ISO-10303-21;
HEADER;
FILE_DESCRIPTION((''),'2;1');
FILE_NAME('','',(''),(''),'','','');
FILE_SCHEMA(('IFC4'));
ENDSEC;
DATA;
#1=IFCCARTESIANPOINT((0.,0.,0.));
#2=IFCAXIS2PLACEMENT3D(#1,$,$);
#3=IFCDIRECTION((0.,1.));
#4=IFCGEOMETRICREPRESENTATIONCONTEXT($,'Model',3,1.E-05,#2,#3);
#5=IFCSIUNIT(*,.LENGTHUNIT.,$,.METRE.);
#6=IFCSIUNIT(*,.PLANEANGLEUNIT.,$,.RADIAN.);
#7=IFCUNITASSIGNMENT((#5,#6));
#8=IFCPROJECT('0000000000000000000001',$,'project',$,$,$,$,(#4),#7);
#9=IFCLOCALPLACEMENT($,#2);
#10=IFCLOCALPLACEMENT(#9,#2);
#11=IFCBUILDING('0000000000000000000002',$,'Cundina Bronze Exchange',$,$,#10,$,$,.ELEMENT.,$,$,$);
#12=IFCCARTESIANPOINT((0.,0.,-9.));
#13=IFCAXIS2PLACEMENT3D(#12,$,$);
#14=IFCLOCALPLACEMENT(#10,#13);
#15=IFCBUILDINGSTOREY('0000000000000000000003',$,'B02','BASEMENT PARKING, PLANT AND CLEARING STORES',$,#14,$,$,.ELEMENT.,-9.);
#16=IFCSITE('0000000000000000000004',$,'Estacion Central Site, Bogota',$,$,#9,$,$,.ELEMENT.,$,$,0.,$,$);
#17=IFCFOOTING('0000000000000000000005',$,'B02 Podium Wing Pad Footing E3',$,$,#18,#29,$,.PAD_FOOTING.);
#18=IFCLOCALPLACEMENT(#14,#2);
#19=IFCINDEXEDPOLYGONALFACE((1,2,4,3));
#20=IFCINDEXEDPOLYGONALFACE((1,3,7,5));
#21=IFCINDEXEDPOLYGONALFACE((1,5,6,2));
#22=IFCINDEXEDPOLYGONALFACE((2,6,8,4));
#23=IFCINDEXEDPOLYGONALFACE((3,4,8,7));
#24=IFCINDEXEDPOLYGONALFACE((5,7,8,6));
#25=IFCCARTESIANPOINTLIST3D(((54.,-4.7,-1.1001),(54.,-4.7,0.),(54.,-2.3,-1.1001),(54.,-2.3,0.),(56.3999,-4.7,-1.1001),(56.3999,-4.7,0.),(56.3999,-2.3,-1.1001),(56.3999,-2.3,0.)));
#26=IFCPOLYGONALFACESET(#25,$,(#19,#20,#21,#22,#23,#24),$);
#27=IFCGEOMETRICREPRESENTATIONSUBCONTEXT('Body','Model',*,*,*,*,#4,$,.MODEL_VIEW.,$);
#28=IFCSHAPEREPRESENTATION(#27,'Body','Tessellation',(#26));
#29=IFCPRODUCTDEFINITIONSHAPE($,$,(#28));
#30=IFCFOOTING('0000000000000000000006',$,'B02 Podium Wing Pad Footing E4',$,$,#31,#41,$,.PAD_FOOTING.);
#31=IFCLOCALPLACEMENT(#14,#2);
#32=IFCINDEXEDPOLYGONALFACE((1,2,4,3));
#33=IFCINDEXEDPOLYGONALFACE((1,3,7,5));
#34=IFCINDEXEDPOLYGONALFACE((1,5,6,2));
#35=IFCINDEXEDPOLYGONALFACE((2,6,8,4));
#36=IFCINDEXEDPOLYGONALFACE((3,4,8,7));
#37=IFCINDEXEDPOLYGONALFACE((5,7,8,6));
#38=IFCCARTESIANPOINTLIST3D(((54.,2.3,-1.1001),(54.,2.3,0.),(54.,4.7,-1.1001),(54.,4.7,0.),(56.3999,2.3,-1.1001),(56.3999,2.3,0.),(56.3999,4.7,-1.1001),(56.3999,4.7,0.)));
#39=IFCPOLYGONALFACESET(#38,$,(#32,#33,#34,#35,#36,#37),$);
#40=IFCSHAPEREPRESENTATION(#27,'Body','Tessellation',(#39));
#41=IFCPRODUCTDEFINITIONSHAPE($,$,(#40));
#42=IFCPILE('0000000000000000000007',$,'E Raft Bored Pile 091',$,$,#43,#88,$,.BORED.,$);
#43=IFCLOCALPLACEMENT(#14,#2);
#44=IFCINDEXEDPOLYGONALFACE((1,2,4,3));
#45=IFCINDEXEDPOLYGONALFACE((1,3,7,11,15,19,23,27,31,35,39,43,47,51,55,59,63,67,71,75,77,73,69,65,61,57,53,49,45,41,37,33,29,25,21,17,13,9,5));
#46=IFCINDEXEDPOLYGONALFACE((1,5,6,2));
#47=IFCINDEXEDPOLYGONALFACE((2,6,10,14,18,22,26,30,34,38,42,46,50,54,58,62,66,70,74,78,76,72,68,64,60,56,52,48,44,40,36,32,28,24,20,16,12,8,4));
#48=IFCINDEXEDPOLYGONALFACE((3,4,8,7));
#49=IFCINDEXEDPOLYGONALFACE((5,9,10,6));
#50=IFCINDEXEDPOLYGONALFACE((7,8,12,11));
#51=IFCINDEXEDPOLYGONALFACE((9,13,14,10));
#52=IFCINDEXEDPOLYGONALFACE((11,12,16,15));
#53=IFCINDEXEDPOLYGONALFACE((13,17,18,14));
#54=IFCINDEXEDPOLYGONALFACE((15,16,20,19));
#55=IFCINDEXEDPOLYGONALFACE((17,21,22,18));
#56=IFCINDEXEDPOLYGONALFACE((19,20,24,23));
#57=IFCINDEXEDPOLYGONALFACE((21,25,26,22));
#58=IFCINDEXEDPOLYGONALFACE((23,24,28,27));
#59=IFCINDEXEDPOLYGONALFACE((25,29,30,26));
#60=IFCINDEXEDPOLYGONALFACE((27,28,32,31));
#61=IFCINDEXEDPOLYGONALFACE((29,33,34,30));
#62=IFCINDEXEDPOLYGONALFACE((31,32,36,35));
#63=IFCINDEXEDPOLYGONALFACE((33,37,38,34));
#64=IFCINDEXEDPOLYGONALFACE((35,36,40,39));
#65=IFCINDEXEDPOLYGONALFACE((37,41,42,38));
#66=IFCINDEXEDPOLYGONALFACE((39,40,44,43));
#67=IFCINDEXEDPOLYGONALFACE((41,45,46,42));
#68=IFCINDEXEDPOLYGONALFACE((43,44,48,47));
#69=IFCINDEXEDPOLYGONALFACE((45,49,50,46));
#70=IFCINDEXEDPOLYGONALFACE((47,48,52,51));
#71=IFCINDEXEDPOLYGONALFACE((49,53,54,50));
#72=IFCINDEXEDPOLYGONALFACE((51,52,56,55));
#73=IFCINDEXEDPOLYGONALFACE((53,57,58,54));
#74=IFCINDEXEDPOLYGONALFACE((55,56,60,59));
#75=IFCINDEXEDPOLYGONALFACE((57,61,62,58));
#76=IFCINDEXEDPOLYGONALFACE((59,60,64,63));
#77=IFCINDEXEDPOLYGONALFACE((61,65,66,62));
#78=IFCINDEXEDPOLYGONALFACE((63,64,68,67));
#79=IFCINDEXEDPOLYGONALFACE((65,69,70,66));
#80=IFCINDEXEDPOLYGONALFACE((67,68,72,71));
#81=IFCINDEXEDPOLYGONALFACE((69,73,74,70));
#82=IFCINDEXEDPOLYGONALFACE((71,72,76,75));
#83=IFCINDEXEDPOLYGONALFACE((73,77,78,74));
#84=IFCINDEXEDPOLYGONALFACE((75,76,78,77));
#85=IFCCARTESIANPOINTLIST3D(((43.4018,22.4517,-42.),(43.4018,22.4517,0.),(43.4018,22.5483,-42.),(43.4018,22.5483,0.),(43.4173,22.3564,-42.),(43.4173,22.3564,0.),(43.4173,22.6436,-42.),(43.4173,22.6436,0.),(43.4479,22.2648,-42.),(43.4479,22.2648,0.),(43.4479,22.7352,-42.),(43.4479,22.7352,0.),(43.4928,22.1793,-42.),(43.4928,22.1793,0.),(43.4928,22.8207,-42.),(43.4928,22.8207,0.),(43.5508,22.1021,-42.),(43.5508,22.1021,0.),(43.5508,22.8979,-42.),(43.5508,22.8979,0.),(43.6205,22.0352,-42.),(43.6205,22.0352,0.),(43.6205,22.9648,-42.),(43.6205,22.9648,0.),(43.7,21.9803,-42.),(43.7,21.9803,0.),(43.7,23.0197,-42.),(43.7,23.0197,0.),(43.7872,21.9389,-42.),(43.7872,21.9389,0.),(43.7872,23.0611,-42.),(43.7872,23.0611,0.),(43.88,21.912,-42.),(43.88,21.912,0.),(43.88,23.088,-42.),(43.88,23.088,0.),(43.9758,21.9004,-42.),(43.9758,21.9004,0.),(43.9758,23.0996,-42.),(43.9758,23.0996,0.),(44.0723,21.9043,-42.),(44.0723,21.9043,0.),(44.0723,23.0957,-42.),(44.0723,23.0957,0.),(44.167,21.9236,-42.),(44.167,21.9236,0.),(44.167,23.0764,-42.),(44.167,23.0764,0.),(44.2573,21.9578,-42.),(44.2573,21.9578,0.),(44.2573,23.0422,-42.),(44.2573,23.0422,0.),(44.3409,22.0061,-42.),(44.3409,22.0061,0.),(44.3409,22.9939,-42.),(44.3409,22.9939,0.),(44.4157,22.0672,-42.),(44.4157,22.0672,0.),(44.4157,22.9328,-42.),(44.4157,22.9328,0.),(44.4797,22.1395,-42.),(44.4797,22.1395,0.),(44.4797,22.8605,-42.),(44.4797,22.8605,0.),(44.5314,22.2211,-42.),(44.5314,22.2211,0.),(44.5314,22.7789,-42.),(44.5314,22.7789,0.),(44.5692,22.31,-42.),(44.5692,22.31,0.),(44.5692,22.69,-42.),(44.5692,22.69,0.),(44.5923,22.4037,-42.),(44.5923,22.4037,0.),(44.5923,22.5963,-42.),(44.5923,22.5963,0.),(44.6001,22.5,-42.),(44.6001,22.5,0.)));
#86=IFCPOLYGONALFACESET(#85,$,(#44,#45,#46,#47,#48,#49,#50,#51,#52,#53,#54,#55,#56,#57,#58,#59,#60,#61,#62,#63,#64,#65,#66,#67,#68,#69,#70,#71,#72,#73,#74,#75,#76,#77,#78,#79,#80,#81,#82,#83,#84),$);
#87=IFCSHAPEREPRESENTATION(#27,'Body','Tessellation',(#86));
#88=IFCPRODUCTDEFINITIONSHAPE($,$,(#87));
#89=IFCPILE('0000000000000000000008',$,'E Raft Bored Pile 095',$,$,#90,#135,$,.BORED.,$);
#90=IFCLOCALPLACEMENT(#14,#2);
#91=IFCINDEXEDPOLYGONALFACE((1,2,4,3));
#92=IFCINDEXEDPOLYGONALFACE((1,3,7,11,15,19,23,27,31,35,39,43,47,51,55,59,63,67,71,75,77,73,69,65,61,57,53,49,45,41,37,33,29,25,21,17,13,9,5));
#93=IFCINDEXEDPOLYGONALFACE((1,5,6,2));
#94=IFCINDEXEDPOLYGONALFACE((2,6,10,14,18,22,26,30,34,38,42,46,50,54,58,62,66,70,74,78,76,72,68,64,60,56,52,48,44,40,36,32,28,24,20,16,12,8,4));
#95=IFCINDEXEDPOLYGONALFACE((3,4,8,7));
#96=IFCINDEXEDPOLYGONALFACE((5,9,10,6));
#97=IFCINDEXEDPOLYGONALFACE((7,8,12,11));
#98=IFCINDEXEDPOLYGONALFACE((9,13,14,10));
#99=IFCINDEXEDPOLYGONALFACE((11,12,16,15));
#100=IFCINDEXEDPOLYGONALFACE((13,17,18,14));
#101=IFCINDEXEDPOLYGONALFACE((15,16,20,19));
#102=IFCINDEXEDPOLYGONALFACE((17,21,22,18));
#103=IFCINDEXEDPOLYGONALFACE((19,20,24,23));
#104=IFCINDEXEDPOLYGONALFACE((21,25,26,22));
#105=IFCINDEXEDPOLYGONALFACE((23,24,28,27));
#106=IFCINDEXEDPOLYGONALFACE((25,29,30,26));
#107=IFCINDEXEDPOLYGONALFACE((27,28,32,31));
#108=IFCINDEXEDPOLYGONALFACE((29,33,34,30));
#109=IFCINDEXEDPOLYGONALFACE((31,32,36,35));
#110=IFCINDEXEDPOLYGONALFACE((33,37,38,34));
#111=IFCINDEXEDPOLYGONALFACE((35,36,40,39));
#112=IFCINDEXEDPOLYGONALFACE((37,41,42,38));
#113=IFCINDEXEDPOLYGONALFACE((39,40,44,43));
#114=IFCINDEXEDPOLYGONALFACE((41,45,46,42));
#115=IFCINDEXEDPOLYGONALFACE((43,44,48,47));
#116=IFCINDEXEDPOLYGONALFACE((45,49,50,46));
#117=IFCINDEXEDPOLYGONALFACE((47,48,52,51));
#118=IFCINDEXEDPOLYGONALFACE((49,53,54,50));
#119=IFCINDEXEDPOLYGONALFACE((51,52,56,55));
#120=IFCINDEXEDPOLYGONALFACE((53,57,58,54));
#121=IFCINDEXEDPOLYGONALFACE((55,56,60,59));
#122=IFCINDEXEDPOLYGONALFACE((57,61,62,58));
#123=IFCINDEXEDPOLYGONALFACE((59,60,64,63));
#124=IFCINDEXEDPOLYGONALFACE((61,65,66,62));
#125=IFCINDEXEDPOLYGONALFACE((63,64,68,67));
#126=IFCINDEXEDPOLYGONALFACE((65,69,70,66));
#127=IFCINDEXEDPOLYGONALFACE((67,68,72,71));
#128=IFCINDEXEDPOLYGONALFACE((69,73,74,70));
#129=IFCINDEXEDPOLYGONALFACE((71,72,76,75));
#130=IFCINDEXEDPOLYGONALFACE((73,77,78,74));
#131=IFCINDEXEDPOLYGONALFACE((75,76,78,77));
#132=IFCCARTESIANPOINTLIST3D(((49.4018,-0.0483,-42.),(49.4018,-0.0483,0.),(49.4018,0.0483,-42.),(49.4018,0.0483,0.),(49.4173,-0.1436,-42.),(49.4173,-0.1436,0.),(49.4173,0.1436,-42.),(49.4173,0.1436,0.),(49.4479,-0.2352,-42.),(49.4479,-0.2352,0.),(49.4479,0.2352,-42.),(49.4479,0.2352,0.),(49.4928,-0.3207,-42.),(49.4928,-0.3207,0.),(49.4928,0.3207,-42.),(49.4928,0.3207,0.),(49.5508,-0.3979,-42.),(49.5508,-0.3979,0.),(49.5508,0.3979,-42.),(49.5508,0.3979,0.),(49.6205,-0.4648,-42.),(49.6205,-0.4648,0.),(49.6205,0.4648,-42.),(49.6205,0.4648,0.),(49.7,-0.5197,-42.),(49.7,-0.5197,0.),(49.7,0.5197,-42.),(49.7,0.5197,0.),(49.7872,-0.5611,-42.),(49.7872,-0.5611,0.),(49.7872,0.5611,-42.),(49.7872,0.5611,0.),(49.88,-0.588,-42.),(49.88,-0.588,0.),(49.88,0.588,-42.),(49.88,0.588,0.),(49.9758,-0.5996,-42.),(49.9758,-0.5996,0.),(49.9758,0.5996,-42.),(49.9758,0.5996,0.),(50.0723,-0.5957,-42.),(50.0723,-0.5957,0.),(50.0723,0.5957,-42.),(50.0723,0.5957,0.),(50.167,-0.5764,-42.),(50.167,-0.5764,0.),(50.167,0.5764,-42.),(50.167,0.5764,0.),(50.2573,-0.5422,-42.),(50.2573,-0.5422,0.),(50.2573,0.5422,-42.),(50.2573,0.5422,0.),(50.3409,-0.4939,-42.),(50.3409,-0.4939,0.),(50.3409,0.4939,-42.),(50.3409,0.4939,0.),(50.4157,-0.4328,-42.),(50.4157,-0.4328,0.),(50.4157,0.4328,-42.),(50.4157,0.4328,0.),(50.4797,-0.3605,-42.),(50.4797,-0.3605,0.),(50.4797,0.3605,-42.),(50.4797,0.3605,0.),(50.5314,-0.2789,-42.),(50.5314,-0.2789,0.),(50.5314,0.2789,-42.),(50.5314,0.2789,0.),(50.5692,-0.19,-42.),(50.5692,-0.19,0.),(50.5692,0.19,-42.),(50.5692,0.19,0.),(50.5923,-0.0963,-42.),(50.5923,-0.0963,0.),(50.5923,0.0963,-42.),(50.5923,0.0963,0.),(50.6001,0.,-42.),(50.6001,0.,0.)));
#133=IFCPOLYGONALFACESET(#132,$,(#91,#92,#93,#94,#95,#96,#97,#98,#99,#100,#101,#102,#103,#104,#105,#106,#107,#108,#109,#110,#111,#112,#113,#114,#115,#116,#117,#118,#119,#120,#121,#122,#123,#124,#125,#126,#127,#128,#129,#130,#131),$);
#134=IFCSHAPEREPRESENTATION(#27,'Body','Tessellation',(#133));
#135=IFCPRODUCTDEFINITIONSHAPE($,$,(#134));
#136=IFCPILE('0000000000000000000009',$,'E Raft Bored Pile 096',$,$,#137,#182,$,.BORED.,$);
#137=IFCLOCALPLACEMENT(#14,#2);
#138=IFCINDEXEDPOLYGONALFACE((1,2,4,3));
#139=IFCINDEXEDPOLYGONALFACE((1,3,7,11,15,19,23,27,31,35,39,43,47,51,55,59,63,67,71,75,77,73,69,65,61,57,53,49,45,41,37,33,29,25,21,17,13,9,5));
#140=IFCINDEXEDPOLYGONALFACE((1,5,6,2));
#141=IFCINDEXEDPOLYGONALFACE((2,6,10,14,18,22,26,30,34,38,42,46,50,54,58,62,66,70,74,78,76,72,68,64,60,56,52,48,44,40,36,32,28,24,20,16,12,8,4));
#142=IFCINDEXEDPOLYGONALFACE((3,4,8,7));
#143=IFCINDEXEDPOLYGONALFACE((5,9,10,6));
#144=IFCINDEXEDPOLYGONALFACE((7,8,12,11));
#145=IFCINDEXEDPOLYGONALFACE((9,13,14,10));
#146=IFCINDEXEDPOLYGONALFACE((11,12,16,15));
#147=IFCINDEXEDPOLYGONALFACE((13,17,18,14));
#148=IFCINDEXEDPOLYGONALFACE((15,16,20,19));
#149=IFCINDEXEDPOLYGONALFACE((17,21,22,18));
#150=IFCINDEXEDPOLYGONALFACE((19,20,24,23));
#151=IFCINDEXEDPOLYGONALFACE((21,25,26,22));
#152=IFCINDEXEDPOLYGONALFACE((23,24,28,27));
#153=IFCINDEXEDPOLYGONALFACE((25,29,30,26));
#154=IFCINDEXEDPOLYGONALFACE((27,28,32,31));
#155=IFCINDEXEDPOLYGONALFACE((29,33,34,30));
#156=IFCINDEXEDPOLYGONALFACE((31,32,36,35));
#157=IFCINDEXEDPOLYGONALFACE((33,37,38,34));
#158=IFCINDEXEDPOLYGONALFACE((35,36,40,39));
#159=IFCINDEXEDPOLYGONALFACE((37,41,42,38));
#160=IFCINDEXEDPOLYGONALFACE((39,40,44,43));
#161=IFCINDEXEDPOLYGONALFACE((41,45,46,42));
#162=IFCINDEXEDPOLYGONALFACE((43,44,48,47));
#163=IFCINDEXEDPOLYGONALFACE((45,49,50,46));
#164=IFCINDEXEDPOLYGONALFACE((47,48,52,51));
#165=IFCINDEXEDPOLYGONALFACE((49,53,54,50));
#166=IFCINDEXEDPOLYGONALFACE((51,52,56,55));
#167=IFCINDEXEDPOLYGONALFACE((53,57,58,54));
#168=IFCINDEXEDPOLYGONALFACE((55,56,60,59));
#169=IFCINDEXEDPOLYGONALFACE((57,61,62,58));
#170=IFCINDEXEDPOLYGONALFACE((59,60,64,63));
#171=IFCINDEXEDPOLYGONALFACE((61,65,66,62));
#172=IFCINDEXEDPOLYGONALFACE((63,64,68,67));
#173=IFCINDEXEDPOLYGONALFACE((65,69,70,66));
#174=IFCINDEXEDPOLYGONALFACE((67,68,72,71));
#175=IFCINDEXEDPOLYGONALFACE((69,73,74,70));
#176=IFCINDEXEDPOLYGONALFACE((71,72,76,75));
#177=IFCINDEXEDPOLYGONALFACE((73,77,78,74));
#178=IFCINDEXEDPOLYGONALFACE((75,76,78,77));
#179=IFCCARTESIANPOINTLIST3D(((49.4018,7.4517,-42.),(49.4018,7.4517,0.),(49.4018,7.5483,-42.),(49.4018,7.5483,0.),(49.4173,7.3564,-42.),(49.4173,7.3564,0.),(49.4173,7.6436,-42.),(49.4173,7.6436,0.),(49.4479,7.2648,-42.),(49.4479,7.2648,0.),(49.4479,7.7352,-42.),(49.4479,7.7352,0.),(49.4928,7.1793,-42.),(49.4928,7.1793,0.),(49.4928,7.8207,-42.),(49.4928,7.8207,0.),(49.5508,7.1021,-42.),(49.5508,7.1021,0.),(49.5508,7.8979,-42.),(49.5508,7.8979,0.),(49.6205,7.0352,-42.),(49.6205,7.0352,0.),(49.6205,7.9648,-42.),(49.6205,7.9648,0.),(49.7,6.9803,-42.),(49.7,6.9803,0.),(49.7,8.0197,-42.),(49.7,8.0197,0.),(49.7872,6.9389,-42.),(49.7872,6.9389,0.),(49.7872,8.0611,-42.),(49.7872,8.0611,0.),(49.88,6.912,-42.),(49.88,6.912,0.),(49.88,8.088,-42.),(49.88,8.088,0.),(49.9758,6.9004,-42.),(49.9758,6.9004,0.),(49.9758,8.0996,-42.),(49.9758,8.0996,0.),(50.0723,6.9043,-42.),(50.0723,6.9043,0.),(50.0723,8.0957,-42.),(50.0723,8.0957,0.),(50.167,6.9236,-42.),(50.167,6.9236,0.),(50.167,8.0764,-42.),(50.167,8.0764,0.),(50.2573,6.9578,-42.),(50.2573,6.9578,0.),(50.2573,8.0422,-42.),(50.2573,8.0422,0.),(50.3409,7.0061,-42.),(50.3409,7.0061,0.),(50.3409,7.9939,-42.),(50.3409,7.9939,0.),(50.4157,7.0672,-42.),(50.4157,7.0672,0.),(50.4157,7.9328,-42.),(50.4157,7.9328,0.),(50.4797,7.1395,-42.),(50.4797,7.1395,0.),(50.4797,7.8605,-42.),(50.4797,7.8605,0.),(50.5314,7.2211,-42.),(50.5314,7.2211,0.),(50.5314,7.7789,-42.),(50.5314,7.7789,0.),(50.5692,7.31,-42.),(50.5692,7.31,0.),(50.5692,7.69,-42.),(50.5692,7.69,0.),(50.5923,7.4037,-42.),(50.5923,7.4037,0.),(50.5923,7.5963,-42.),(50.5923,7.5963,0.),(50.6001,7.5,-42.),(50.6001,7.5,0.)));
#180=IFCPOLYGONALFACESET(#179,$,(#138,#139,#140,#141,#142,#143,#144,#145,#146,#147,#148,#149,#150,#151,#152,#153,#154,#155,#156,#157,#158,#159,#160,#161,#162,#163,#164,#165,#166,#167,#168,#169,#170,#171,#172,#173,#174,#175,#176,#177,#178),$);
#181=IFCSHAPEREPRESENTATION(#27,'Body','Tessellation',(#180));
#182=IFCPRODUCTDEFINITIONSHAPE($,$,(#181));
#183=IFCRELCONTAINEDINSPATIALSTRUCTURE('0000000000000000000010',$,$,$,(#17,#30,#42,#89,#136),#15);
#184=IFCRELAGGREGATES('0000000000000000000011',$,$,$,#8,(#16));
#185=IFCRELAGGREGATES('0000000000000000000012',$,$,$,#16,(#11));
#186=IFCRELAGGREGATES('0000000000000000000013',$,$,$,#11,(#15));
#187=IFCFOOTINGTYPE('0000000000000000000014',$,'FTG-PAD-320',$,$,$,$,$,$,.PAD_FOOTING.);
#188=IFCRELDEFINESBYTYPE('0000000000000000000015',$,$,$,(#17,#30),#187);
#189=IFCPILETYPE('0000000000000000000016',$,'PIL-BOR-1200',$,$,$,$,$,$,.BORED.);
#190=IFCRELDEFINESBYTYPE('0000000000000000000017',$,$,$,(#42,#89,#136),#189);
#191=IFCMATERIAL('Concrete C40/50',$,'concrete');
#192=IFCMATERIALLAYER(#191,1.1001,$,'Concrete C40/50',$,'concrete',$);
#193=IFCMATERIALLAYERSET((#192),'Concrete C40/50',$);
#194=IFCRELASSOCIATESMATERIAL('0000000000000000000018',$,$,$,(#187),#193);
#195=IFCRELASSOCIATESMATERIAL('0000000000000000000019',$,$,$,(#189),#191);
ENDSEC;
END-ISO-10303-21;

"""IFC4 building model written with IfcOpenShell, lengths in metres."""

from ifc_helpers import new_model, si_unit, direction, frame, origin, origin_2d, place, context, subcontext, project, spatial, rectangle, circle, extrude, material, layer, layer_set, material_profile, profile_set, type_object, element, save


model = new_model("IFC4")

# Units and contexts
model_context = context("Model", 3, precision=1e-05, world=origin(), true_north=direction((0.0, 1.0)))
body_context = subcontext(model_context, "Body", "Model", "MODEL_VIEW")
ifc_project = project(units=[si_unit("LENGTHUNIT", "METRE"), si_unit("PLANEANGLEUNIT", "RADIAN")], contexts=[model_context])

# Site, building, storey
site_placement = place(None, origin())
site = spatial("IfcSite", under=ifc_project, at=site_placement, Name="Estacion Central Site, Bogota", CompositionType="ELEMENT", RefElevation=0.0)
building_placement = place(site_placement, origin())
building = spatial("IfcBuilding", under=site, at=building_placement, Name="Cundina Bronze Exchange", CompositionType="ELEMENT")
storey_placement = place(building_placement, frame((0.0, 0.0, -9.0)))
storey = spatial("IfcBuildingStorey", under=building, at=storey_placement, Name="B02", Description="BASEMENT PARKING, PLANT AND CLEARING STORES", CompositionType="ELEMENT", Elevation=-9.0)

# Footings
ifc_material_1 = material(Name="Concrete C40/50", Category="concrete")
ifc_layer_1 = layer(ifc_material_1, 1.1001, Name="Concrete C40/50", Category="concrete")
ifc_layer_set_1 = layer_set([ifc_layer_1], Name="Concrete C40/50")
footing_type = type_object("IfcFootingType", Name="FTG-PAD-320", PredefinedType="PAD_FOOTING", material=ifc_layer_set_1)
for number, where, z_axis, x_axis, name in (
    (1, (55.2, -3.5, -1.1001), (0.0, 0.0, 1.0), (1.0, 0.0, 0.0), "B02 Podium Wing Pad Footing E3"),
    (2, (55.2, 3.5, -1.1001), (0.0, 0.0, 1.0), (1.0, 0.0, 0.0), "B02 Podium Wing Pad Footing E4"),
):
    element("IfcFooting", number, at=place(storey_placement, frame(where, z_axis=z_axis, x_axis=x_axis)), inside=storey, type_object=footing_type, Name=name, PredefinedType="PAD_FOOTING", context=body_context, shape_type="SweptSolid", body=[
        extrude(rectangle(XDim=2.3999, YDim=2.3999, at=origin_2d()), origin(), (0.0, 0.0, 1.0), 1.1001),
    ])

# Piles
ifc_material_profile_1 = material_profile(ifc_material_1, circle(Radius=0.6001, at=origin_2d()), Name="PILE1200D", Category="concrete")
ifc_profile_set_1 = profile_set([ifc_material_profile_1], Name="Concrete C40/50")
pile_type_1 = type_object("IfcPileType", Name="PIL-BOR-1200", PredefinedType="BORED", material=ifc_profile_set_1)
for number, where, z_axis, x_axis, name in (
    (3, (44.0, 22.5, 0.0), (0.0, 0.0, -1.0), (1.0, 0.0, 0.0), "E Raft Bored Pile 091"),
    (4, (50.0, 0.0, 0.0), (0.0, 0.0, -1.0), (1.0, 0.0, 0.0), "E Raft Bored Pile 095"),
    (5, (50.0, 7.5, 0.0), (0.0, 0.0, -1.0), (1.0, 0.0, 0.0), "E Raft Bored Pile 096"),
):
    element("IfcPile", number, at=place(storey_placement, frame(where, z_axis=z_axis, x_axis=x_axis)), inside=storey, type_object=pile_type_1, Name=name, PredefinedType="BORED", context=body_context, shape_type="SweptSolid", body=[
        extrude(circle(Radius=0.6001, at=origin_2d()), origin(), (0.0, 0.0, 1.0), 42.0),
    ])

save(model, "model.ifc")
